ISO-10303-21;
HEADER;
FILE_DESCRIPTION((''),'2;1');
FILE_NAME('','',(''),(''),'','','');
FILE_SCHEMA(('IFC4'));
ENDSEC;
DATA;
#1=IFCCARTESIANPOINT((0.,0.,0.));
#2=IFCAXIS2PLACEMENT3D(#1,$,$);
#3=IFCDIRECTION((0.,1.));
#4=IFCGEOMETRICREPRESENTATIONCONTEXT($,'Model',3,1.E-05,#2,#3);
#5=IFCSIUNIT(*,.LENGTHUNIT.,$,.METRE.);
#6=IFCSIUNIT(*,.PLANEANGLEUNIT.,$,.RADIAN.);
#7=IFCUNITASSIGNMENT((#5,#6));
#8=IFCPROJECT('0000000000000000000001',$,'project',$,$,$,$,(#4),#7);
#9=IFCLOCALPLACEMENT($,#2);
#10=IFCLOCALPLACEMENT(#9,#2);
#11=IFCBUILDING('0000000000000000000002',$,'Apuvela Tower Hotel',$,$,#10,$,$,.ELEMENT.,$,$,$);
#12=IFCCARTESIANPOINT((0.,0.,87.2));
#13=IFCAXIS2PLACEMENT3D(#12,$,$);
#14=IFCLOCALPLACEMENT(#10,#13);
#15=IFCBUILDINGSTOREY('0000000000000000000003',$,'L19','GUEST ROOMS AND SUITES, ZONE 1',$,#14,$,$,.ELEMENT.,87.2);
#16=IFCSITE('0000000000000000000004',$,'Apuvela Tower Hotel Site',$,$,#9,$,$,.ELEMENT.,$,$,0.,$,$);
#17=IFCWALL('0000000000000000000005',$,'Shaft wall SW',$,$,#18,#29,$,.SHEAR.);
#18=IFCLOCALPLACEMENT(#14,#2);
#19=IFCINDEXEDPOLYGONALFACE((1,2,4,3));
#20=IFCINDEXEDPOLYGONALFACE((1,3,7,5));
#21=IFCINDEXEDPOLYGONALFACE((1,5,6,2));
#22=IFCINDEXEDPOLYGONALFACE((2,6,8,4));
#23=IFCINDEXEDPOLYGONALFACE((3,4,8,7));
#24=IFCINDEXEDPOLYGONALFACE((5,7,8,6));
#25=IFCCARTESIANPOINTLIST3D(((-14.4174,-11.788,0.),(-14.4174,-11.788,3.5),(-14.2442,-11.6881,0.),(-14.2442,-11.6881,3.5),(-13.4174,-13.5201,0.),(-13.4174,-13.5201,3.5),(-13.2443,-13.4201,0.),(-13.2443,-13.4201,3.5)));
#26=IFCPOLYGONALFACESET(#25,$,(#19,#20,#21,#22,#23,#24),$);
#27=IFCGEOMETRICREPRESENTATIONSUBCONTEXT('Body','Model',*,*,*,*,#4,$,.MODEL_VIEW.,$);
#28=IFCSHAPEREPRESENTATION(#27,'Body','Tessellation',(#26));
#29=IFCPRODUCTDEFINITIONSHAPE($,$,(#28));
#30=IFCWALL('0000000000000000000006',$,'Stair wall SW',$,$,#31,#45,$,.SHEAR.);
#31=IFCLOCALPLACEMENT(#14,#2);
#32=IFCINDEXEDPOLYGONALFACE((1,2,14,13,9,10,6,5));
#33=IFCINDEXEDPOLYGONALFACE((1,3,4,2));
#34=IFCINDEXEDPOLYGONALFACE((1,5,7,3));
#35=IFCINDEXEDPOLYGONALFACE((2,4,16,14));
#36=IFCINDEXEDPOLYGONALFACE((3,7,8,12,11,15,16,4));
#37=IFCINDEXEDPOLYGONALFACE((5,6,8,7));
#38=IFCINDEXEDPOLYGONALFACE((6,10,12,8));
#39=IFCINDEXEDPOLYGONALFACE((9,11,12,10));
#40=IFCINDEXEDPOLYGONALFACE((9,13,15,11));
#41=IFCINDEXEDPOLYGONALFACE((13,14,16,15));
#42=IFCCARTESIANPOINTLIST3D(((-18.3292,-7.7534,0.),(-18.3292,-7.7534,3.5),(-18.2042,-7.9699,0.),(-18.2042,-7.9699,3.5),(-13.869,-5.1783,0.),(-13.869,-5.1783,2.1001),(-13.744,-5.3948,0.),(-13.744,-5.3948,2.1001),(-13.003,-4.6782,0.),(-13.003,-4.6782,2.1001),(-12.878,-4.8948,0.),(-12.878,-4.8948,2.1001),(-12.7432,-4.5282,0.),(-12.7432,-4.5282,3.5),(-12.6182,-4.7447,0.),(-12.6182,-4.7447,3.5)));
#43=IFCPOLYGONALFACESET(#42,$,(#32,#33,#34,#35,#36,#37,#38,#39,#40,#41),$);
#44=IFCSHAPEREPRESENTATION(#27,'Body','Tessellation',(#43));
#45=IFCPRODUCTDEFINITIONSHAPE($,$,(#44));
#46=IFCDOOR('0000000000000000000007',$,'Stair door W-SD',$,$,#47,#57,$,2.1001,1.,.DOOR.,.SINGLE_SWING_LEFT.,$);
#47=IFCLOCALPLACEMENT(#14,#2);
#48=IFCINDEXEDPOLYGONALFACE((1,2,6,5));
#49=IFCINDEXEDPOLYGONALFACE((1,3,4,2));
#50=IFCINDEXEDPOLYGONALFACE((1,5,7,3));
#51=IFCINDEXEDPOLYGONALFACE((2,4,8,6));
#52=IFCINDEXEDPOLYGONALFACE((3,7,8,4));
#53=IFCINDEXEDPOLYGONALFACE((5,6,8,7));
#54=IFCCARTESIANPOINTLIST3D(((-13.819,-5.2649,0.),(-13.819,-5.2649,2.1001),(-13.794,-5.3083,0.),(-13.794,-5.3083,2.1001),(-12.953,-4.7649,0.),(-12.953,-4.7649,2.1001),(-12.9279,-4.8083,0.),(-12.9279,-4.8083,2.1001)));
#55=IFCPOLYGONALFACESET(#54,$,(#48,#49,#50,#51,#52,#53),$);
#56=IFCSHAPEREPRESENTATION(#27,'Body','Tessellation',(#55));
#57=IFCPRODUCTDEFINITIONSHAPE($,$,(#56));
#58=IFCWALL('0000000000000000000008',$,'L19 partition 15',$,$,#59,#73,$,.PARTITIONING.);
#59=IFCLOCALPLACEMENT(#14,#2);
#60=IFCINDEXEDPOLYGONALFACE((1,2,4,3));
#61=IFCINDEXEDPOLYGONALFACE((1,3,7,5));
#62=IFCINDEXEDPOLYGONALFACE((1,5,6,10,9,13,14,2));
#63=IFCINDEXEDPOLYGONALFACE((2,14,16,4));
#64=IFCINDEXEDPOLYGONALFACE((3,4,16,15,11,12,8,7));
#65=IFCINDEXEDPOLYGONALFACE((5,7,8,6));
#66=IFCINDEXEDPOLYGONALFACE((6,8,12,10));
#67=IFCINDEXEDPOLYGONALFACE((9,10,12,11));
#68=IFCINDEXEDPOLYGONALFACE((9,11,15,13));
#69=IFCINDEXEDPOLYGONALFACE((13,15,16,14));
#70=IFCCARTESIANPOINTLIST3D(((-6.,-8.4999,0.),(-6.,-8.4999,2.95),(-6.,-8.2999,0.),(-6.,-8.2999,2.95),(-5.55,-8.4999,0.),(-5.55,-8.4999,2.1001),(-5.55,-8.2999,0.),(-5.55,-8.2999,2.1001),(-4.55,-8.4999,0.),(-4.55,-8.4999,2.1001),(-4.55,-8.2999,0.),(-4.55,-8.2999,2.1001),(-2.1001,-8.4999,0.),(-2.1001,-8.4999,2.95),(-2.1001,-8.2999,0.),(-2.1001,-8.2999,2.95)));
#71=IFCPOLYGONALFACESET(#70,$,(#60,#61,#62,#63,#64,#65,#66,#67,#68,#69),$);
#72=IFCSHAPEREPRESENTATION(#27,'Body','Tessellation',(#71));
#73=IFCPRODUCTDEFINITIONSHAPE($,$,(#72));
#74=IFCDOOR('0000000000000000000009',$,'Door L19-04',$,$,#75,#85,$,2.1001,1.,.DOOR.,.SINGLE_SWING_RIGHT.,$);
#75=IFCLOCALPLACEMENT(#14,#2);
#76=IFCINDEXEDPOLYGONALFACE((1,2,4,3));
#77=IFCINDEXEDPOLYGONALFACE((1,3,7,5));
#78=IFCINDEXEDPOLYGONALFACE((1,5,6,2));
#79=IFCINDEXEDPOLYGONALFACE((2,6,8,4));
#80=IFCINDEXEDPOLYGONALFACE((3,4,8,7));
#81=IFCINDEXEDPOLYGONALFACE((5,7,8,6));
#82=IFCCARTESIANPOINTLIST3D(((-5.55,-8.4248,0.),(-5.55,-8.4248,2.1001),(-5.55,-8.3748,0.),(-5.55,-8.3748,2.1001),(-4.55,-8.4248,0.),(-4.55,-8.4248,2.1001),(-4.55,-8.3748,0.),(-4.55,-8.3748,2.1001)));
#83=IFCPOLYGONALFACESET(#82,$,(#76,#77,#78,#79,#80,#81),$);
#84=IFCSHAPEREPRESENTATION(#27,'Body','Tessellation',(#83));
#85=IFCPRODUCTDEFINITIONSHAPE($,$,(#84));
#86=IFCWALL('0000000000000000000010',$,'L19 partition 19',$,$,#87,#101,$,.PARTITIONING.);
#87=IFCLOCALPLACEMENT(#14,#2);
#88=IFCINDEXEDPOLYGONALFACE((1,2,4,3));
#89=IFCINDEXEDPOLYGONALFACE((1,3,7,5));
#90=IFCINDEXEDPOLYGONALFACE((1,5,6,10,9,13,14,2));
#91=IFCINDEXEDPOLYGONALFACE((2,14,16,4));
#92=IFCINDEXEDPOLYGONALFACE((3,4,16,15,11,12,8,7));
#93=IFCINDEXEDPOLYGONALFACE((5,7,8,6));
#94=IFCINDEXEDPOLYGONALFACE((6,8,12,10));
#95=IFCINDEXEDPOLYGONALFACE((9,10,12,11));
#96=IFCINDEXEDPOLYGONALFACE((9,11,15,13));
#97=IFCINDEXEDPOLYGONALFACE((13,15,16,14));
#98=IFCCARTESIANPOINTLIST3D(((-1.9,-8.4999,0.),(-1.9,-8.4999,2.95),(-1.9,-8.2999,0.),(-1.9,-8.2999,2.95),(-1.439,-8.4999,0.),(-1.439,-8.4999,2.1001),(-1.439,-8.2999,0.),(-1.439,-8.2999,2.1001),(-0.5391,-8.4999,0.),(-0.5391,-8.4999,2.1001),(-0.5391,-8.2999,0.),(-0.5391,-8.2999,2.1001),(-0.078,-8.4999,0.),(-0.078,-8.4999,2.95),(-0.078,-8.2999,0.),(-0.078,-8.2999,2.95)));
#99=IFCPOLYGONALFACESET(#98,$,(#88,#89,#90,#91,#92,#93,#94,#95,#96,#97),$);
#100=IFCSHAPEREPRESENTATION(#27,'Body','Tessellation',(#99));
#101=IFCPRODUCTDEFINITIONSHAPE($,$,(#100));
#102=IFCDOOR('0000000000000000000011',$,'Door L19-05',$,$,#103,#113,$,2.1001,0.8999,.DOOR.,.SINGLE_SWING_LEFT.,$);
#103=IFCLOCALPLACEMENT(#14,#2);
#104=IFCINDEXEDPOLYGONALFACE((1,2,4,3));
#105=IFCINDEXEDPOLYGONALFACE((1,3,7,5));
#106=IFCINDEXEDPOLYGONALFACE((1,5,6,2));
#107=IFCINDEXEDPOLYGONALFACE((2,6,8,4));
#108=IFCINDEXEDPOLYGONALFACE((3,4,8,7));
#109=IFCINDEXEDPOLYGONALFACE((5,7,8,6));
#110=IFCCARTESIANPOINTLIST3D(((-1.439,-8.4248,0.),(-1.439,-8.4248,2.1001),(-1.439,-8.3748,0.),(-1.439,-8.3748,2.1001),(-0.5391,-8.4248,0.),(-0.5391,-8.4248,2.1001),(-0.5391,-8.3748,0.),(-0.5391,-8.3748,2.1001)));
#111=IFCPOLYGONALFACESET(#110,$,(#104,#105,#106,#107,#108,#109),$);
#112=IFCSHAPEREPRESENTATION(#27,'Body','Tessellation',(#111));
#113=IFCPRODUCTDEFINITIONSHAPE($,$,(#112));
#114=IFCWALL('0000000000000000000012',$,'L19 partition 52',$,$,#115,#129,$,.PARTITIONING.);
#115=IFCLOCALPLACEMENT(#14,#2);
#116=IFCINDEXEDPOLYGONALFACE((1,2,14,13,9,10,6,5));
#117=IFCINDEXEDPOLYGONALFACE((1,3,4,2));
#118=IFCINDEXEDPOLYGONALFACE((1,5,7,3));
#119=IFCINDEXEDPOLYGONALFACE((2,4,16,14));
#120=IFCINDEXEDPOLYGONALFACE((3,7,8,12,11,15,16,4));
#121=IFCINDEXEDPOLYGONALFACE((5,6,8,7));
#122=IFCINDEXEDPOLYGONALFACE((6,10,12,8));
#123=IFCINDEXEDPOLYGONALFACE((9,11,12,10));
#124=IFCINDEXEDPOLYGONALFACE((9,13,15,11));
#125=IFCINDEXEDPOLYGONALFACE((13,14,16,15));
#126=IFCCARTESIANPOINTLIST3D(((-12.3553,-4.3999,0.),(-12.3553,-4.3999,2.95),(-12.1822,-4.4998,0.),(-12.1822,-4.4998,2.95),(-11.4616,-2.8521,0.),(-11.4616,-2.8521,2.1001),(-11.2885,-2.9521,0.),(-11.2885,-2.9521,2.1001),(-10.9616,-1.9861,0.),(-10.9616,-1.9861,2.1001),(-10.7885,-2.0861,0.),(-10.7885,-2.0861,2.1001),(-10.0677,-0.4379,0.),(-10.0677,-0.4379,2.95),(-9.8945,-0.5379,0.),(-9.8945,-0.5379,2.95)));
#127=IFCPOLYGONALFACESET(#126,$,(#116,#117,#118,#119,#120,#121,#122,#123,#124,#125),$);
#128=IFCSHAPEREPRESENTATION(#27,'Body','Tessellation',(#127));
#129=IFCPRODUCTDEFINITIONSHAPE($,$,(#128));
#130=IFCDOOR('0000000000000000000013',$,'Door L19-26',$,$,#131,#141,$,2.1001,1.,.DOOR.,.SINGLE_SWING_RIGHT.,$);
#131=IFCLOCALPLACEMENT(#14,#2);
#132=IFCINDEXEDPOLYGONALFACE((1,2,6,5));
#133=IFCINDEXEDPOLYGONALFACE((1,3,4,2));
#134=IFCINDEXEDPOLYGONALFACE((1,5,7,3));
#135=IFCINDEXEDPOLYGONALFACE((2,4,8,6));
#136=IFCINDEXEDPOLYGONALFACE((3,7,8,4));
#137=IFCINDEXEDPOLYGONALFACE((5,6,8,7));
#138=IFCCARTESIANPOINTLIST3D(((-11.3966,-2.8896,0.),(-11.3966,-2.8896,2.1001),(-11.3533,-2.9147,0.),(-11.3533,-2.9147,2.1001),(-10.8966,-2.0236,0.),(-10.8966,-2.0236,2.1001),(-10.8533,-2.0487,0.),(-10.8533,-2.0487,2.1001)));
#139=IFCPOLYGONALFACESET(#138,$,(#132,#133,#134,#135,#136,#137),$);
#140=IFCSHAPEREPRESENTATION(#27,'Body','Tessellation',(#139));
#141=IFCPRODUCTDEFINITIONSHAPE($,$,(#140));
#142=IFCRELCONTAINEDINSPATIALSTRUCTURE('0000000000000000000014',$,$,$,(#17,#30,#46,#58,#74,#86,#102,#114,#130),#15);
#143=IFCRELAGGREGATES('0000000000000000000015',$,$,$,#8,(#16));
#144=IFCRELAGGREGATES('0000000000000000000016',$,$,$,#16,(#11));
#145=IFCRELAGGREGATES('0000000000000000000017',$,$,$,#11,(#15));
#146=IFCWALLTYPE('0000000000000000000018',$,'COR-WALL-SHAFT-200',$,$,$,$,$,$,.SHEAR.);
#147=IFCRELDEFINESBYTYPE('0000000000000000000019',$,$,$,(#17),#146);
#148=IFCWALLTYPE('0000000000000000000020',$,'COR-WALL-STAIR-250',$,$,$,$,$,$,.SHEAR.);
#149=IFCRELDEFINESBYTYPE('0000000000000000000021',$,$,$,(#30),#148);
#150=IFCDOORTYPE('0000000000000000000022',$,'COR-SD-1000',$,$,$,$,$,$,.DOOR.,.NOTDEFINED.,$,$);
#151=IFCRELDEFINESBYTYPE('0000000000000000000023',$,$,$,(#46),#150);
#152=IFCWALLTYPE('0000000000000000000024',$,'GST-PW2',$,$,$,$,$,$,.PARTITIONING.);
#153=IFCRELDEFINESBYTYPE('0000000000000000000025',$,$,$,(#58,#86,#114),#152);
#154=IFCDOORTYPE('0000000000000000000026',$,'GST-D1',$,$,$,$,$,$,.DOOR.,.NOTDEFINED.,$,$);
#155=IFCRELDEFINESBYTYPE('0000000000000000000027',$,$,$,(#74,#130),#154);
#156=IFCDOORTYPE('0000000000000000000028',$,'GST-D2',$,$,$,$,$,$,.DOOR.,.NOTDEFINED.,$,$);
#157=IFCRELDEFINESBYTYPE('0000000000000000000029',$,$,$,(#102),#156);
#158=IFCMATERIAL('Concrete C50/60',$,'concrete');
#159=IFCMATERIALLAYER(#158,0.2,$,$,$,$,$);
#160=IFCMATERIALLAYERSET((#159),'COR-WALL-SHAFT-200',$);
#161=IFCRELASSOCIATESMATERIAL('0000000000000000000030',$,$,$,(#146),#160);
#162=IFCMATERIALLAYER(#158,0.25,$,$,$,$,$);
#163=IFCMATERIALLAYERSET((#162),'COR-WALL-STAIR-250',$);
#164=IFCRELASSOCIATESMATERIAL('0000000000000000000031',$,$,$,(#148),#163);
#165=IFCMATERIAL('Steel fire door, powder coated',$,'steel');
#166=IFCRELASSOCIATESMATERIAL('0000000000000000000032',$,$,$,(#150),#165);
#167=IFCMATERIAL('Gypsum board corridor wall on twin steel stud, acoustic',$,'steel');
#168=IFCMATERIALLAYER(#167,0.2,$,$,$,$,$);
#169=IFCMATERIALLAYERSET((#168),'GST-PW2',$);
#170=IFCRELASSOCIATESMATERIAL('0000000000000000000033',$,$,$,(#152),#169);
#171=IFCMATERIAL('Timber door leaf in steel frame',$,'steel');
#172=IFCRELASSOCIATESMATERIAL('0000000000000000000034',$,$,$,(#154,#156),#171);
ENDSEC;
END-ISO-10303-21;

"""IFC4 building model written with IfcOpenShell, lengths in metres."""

from ifc_helpers import new_model, si_unit, direction, frame, frame_2d, origin, place, context, subcontext, project, spatial, rectangle, extrude, material, layer, layer_set, type_object, element, fill, save


model = new_model("IFC4")

# Units and contexts
model_context = context("Model", 3, precision=1e-05, world=origin(), true_north=direction((0.0, 1.0)))
body_context = subcontext(model_context, "Body", "Model", "MODEL_VIEW")
ifc_project = project(units=[si_unit("LENGTHUNIT", "METRE"), si_unit("PLANEANGLEUNIT", "RADIAN")], contexts=[model_context])

# Site, building, storey
site_placement = place(None, origin())
site = spatial("IfcSite", under=ifc_project, at=site_placement, Name="Apuvela Tower Hotel Site", CompositionType="ELEMENT", RefElevation=0.0)
building_placement = place(site_placement, origin())
building = spatial("IfcBuilding", under=site, at=building_placement, Name="Apuvela Tower Hotel", CompositionType="ELEMENT")
storey_placement = place(building_placement, frame((0.0, 0.0, 87.2)))
storey = spatial("IfcBuildingStorey", under=building, at=storey_placement, Name="L19", Description="GUEST ROOMS AND SUITES, ZONE 1", CompositionType="ELEMENT", Elevation=87.2)

# Shared definitions
ifc_material_1 = material(Name="Concrete C50/60", Category="concrete")

# Shared definitions
ifc_layer_1 = layer(ifc_material_1, 0.2)
ifc_layer_set_1 = layer_set([ifc_layer_1], Name="COR-WALL-SHAFT-200")
wall_type_1 = type_object("IfcWallType", Name="COR-WALL-SHAFT-200", PredefinedType="SHEAR", material=ifc_layer_set_1)

# Shared definitions
ifc_material_2 = material(Name="Steel fire door, powder coated", Category="steel")

# Wall
wall_1_placement = place(storey_placement, frame((-14.3308, -11.738, 0.0), z_axis=(0.0, 0.0, 1.0), x_axis=(0.499973, -0.866041, 0.0)))
element("IfcWall", 1, at=wall_1_placement, inside=storey, type_object=wall_type_1, Name="Shaft wall SW", PredefinedType="SHEAR", context=body_context, shape_type="SweptSolid", body=[
    extrude(rectangle(XDim=2.0, YDim=0.2, at=frame_2d((1.0, 0.0))), origin(), (0.0, 0.0, 1.0), 3.5),
])

# Walls, openings, doors
ifc_layer_2 = layer(ifc_material_1, 0.25)
ifc_layer_set_2 = layer_set([ifc_layer_2], Name="COR-WALL-STAIR-250")
wall_type_2 = type_object("IfcWallType", Name="COR-WALL-STAIR-250", PredefinedType="SHEAR", material=ifc_layer_set_2)
wall_2_placement = place(storey_placement, frame((-12.6807, -4.6365, 0.0), z_axis=(0.0, 0.0, 1.0), x_axis=(-0.866022, -0.500006, 0.0)))
wall_2 = element("IfcWall", 2, at=wall_2_placement, inside=storey, type_object=wall_type_2, Name="Stair wall SW", PredefinedType="SHEAR", context=body_context, shape_type="SweptSolid", body=[
    extrude(rectangle(XDim=6.4502, YDim=0.25, at=frame_2d((3.2251, 0.0))), origin(), (0.0, 0.0, 1.0), 3.5),
])
opening_1_placement = place(wall_2_placement, frame((0.3, 0.0, 0.0)))
opening_1 = element("IfcOpeningElement", 3, at=opening_1_placement, cuts=wall_2, PredefinedType="OPENING", context=body_context, shape_type="SweptSolid", body=[
    extrude(rectangle(XDim=1.0, YDim=2.1001, at=frame_2d((0.5, 1.05))), frame((0.0, 0.135, 0.0), z_axis=(0.0, -1.0, 0.0), x_axis=(1.0, 0.0, 0.0)), (0.0, 0.0, 1.0), 0.27),
])
door_type_1 = type_object("IfcDoorType", Name="COR-SD-1000", OperationType="NOTDEFINED", PredefinedType="DOOR", material=ifc_material_2)
door_1_placement = place(opening_1_placement, frame((1.0, 0.0, 0.0), z_axis=(0.0, 0.0, 1.0), x_axis=(-1.0, 0.0, 0.0)))
door_1 = element("IfcDoor", 4, at=door_1_placement, inside=storey, type_object=door_type_1, Name="Stair door W-SD", OperationType="SINGLE_SWING_LEFT", OverallHeight=2.1001, OverallWidth=1.0, PredefinedType="DOOR", context=body_context, shape_type="SweptSolid", body=[
    extrude(rectangle(XDim=1.0, YDim=2.1001, at=frame_2d((0.5, 1.05))), frame((0.0, 0.0249, 0.0), z_axis=(0.0, -1.0, 0.0), x_axis=(1.0, 0.0, 0.0)), (0.0, 0.0, 1.0), 0.05),
])
fill(opening_1, door_1)
ifc_material_3 = material(Name="Gypsum board corridor wall on twin steel stud, acoustic", Category="steel")
ifc_layer_3 = layer(ifc_material_3, 0.2)
ifc_layer_set_3 = layer_set([ifc_layer_3], Name="GST-PW2")
wall_type_3 = type_object("IfcWallType", Name="GST-PW2", PredefinedType="PARTITIONING", material=ifc_layer_set_3)
ifc_material_4 = material(Name="Timber door leaf in steel frame", Category="steel")
door_type_2 = type_object("IfcDoorType", Name="GST-D1", OperationType="NOTDEFINED", PredefinedType="DOOR", material=ifc_material_4)
wall_3_placement = place(storey_placement, frame((-2.1001, -8.3999, 0.0), z_axis=(0.0, 0.0, 1.0), x_axis=(-1.0, 0.0, 0.0)))
wall_3 = element("IfcWall", 5, at=wall_3_placement, inside=storey, type_object=wall_type_3, Name="L19 partition 15", PredefinedType="PARTITIONING", context=body_context, shape_type="SweptSolid", body=[
    extrude(rectangle(XDim=3.8999, YDim=0.2, at=frame_2d((1.95, 0.0))), origin(), (0.0, 0.0, 1.0), 2.95),
])
opening_2_placement = place(wall_3_placement, frame((2.45, 0.0, 0.0)))
opening_2 = element("IfcOpeningElement", 6, at=opening_2_placement, cuts=wall_3, PredefinedType="OPENING", context=body_context, shape_type="SweptSolid", body=[
    extrude(rectangle(XDim=1.0, YDim=2.1001, at=frame_2d((0.5, 1.05))), frame((0.0, 0.1099, 0.0), z_axis=(0.0, -1.0, 0.0), x_axis=(1.0, 0.0, 0.0)), (0.0, 0.0, 1.0), 0.22),
])
door_2_placement = place(opening_2_placement, origin())
door_2 = element("IfcDoor", 7, at=door_2_placement, inside=storey, type_object=door_type_2, Name="Door L19-04", OperationType="SINGLE_SWING_RIGHT", OverallHeight=2.1001, OverallWidth=1.0, PredefinedType="DOOR", context=body_context, shape_type="SweptSolid", body=[
    extrude(rectangle(XDim=1.0, YDim=2.1001, at=frame_2d((0.5, 1.05))), frame((0.0, 0.0249, 0.0), z_axis=(0.0, -1.0, 0.0), x_axis=(1.0, 0.0, 0.0)), (0.0, 0.0, 1.0), 0.05),
])
fill(opening_2, door_2)
wall_4_placement = place(storey_placement, frame((-0.0779, -8.3999, 0.0), z_axis=(0.0, 0.0, 1.0), x_axis=(-1.0, 0.0, 0.0)))
wall_4 = element("IfcWall", 8, at=wall_4_placement, inside=storey, type_object=wall_type_3, Name="L19 partition 19", PredefinedType="PARTITIONING", context=body_context, shape_type="SweptSolid", body=[
    extrude(rectangle(XDim=1.822, YDim=0.2, at=frame_2d((0.9111, 0.0))), origin(), (0.0, 0.0, 1.0), 2.95),
])
opening_3_placement = place(wall_4_placement, frame((0.4612, 0.0, 0.0)))
opening_3 = element("IfcOpeningElement", 9, at=opening_3_placement, cuts=wall_4, PredefinedType="OPENING", context=body_context, shape_type="SweptSolid", body=[
    extrude(rectangle(XDim=0.8999, YDim=2.1001, at=frame_2d((0.45, 1.05))), frame((0.0, 0.1099, 0.0), z_axis=(0.0, -1.0, 0.0), x_axis=(1.0, 0.0, 0.0)), (0.0, 0.0, 1.0), 0.22),
])
door_type_3 = type_object("IfcDoorType", Name="GST-D2", OperationType="NOTDEFINED", PredefinedType="DOOR", material=ifc_material_4)
door_3_placement = place(opening_3_placement, origin())
door_3 = element("IfcDoor", 10, at=door_3_placement, inside=storey, type_object=door_type_3, Name="Door L19-05", OperationType="SINGLE_SWING_LEFT", OverallHeight=2.1001, OverallWidth=0.8999, PredefinedType="DOOR", context=body_context, shape_type="SweptSolid", body=[
    extrude(rectangle(XDim=0.8999, YDim=2.1001, at=frame_2d((0.45, 1.05))), frame((0.0, 0.0249, 0.0), z_axis=(0.0, -1.0, 0.0), x_axis=(1.0, 0.0, 0.0)), (0.0, 0.0, 1.0), 0.05),
])
fill(opening_3, door_3)
wall_5_placement = place(storey_placement, frame((-12.2688, -4.45, 0.0), z_axis=(0.0, 0.0, 1.0), x_axis=(0.50003, 0.866008, 0.0)))
wall_5 = element("IfcWall", 11, at=wall_5_placement, inside=storey, type_object=wall_type_3, Name="L19 partition 52", PredefinedType="PARTITIONING", context=body_context, shape_type="SweptSolid", body=[
    extrude(rectangle(XDim=4.575, YDim=0.2, at=frame_2d((2.2876, 0.0))), origin(), (0.0, 0.0, 1.0), 2.95),
])
opening_4_placement = place(wall_5_placement, frame((1.7874, 0.0, 0.0)))
opening_4 = element("IfcOpeningElement", 12, at=opening_4_placement, cuts=wall_5, PredefinedType="OPENING", context=body_context, shape_type="SweptSolid", body=[
    extrude(rectangle(XDim=1.0, YDim=2.1001, at=frame_2d((0.5, 1.05))), frame((0.0, 0.1099, 0.0), z_axis=(0.0, -1.0, 0.0), x_axis=(1.0, 0.0, 0.0)), (0.0, 0.0, 1.0), 0.22),
])
door_4_placement = place(opening_4_placement, origin())
door_4 = element("IfcDoor", 13, at=door_4_placement, inside=storey, type_object=door_type_2, Name="Door L19-26", OperationType="SINGLE_SWING_RIGHT", OverallHeight=2.1001, OverallWidth=1.0, PredefinedType="DOOR", context=body_context, shape_type="SweptSolid", body=[
    extrude(rectangle(XDim=1.0, YDim=2.1001, at=frame_2d((0.5, 1.05))), frame((0.0, 0.0249, 0.0), z_axis=(0.0, -1.0, 0.0), x_axis=(1.0, 0.0, 0.0)), (0.0, 0.0, 1.0), 0.05),
])
fill(opening_4, door_4)

save(model, "model.ifc")
